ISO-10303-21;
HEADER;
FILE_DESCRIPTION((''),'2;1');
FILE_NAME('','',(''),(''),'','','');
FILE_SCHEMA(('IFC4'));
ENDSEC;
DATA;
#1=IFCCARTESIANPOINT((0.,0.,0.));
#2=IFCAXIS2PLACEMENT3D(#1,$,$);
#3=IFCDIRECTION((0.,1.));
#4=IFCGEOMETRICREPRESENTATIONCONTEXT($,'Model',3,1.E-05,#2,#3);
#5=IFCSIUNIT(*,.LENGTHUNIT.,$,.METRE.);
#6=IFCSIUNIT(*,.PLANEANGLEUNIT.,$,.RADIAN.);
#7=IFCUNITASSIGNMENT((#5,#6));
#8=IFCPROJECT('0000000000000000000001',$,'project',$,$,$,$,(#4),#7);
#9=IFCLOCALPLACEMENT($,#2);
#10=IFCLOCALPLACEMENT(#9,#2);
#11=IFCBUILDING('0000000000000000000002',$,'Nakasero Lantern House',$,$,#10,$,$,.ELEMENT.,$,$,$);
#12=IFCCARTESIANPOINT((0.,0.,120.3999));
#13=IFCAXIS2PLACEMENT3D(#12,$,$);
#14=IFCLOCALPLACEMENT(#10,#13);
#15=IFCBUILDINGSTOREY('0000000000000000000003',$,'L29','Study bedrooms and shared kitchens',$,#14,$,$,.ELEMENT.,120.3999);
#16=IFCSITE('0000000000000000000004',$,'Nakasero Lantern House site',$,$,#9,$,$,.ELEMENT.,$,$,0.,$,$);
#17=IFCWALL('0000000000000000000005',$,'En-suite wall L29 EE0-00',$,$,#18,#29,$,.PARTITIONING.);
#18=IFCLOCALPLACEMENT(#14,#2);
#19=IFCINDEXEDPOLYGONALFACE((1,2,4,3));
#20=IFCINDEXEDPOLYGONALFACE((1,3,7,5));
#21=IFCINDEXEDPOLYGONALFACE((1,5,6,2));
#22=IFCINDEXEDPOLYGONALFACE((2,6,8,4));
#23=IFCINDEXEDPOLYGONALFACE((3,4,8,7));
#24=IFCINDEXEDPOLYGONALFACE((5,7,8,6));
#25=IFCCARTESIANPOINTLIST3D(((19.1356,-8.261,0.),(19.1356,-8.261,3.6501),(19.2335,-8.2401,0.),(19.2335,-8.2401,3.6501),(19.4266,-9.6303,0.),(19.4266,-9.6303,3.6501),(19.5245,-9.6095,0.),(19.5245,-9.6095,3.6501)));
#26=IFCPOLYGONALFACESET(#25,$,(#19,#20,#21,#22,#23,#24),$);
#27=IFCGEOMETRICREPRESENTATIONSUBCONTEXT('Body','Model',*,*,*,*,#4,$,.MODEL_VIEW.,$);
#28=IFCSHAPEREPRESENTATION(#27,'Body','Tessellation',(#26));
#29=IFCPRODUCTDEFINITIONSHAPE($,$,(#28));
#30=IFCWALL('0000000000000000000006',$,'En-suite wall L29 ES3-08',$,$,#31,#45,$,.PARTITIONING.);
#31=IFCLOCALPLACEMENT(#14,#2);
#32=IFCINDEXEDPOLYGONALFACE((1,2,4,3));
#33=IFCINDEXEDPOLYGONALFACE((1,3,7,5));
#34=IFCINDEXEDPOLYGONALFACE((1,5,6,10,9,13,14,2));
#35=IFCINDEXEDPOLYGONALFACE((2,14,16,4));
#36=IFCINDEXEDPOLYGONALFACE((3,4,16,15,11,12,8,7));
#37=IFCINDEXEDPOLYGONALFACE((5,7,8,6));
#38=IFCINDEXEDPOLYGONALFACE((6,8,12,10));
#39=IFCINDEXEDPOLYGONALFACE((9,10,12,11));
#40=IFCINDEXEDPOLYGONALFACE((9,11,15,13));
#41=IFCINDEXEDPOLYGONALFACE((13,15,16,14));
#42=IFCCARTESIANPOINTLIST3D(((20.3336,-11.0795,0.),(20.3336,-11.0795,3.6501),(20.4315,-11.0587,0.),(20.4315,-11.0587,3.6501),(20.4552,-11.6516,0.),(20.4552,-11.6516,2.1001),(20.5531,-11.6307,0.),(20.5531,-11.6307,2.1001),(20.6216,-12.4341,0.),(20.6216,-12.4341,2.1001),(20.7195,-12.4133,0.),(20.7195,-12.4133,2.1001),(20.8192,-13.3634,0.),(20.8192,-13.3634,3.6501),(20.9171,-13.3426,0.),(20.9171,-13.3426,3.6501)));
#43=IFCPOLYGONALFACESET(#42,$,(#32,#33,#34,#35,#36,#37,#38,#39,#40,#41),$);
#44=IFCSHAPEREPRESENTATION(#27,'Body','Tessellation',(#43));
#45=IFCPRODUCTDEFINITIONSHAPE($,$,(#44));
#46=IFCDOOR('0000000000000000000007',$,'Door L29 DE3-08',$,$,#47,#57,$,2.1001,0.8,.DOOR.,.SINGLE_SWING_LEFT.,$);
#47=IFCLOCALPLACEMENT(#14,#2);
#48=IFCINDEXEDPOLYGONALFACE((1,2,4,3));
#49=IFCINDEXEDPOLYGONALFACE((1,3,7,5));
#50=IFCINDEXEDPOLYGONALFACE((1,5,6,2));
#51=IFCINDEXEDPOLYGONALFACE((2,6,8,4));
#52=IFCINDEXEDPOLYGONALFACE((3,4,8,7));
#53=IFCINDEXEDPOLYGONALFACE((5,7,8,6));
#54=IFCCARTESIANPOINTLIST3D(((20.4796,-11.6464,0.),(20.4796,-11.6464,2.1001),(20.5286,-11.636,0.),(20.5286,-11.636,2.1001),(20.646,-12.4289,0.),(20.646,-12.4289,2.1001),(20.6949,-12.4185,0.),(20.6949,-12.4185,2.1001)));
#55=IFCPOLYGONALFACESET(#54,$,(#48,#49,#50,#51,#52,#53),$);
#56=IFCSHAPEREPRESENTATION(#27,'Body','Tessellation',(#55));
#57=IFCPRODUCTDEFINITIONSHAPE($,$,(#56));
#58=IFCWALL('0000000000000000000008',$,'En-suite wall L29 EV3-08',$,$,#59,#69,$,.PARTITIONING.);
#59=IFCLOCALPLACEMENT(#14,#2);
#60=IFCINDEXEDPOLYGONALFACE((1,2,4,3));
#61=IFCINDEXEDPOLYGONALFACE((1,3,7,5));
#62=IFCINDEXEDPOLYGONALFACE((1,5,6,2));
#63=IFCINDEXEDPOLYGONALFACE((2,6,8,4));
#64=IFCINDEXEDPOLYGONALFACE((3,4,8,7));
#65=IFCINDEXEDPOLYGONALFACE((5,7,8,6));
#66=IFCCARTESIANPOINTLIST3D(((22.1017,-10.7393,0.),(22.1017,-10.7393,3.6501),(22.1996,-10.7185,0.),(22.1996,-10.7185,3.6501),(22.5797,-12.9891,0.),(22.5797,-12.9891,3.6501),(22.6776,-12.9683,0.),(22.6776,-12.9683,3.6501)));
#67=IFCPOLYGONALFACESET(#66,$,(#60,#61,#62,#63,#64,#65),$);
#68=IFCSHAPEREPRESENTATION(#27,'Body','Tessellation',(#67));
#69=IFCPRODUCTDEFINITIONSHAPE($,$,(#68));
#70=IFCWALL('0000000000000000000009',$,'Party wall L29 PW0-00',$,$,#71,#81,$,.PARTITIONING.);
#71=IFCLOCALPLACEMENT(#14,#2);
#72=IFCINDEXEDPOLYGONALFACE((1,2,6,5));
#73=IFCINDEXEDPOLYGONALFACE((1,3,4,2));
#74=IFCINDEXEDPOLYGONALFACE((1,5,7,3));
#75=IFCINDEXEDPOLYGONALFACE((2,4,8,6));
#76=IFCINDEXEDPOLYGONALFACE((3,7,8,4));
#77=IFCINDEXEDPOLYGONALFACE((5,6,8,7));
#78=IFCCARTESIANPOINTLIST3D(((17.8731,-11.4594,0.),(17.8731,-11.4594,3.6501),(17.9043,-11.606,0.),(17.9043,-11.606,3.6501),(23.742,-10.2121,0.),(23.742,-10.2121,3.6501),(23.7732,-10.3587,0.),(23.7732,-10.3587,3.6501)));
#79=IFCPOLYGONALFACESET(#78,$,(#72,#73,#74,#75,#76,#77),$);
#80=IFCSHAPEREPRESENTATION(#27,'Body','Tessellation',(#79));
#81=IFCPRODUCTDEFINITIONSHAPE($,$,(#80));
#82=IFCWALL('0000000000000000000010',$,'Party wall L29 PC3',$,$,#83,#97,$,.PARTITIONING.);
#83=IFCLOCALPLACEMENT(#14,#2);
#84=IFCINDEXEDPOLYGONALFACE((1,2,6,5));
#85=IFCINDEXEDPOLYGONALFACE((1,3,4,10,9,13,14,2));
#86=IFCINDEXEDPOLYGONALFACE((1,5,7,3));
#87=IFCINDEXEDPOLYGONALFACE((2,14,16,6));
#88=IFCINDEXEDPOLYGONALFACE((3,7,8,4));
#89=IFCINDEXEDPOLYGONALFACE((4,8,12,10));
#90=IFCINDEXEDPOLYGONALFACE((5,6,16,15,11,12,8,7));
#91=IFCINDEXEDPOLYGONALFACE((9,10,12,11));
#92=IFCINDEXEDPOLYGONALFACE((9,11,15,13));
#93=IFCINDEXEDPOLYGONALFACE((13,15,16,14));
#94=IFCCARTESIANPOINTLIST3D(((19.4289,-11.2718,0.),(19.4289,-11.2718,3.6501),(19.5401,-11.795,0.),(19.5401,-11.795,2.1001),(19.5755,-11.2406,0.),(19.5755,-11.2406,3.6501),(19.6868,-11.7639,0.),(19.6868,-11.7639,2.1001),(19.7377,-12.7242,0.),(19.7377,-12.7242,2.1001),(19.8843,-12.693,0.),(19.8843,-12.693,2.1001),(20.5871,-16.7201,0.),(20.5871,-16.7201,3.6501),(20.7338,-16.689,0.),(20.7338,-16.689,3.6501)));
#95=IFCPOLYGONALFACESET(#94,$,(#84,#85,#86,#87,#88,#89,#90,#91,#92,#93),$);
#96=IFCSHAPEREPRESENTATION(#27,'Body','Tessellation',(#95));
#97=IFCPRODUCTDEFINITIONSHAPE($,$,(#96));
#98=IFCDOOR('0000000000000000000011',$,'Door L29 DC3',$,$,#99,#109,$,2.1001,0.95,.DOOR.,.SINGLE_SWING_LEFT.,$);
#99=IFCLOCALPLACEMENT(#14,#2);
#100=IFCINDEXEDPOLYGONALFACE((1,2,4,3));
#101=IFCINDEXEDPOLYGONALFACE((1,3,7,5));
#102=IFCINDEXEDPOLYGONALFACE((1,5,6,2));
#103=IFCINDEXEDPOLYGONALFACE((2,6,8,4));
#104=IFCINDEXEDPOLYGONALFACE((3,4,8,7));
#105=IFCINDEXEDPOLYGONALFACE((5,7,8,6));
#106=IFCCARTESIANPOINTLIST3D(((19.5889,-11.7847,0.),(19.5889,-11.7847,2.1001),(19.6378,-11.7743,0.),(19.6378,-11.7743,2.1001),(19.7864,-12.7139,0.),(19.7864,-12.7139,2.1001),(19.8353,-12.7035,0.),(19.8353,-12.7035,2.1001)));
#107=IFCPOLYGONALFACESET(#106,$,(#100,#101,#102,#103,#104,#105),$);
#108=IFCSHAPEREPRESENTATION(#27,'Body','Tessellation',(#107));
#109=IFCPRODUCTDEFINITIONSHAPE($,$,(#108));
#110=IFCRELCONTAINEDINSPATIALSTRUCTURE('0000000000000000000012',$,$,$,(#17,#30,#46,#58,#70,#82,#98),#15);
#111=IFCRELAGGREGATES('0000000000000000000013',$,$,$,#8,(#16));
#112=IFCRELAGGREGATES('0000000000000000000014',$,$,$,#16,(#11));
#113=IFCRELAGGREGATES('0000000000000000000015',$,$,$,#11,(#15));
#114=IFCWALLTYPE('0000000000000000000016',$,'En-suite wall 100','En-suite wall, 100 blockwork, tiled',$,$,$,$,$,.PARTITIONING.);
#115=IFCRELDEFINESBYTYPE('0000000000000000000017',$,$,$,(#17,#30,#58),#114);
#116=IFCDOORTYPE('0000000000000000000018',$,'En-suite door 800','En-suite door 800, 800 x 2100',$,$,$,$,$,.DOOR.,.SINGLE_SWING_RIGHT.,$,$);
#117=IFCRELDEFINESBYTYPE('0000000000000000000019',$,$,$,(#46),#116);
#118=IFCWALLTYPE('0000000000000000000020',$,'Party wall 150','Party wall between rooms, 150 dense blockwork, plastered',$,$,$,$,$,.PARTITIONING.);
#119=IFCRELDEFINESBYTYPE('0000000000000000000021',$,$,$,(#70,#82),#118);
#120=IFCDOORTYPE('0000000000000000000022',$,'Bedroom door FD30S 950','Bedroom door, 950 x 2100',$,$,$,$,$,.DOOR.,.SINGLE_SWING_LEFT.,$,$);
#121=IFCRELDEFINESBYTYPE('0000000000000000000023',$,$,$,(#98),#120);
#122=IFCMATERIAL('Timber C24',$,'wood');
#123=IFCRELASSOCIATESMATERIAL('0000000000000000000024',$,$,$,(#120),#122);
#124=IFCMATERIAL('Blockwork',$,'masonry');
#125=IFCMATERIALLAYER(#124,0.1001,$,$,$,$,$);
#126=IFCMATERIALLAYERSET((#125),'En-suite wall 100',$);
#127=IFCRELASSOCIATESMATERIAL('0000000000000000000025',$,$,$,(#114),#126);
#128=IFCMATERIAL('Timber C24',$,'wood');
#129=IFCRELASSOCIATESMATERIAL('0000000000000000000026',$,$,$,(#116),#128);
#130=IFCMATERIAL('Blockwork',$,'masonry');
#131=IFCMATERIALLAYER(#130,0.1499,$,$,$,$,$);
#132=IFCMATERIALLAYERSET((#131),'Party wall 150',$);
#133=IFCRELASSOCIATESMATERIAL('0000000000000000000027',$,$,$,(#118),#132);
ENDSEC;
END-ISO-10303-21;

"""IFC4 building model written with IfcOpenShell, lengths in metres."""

from ifc_helpers import new_model, si_unit, direction, frame, frame_2d, origin, place, context, subcontext, project, spatial, rectangle, extrude, material, layer, layer_set, type_object, element, fill, save


model = new_model("IFC4")

# Units and contexts
model_context = context("Model", 3, precision=1e-05, world=origin(), true_north=direction((0.0, 1.0)))
body_context = subcontext(model_context, "Body", "Model", "MODEL_VIEW")
ifc_project = project(units=[si_unit("LENGTHUNIT", "METRE"), si_unit("PLANEANGLEUNIT", "RADIAN")], contexts=[model_context])

# Site, building, storey
site_placement = place(None, origin())
site = spatial("IfcSite", under=ifc_project, at=site_placement, Name="Nakasero Lantern House site", CompositionType="ELEMENT", RefElevation=0.0)
building_placement = place(site_placement, origin())
building = spatial("IfcBuilding", under=site, at=building_placement, Name="Nakasero Lantern House", CompositionType="ELEMENT")
storey_placement = place(building_placement, frame((0.0, 0.0, 120.3999)))
storey = spatial("IfcBuildingStorey", under=building, at=storey_placement, Name="L29", Description="Study bedrooms and shared kitchens", CompositionType="ELEMENT", Elevation=120.3999)

# Shared definitions
ifc_material_1 = material(Name="Timber C24", Category="wood")
door_type_1 = type_object("IfcDoorType", Name="Bedroom door FD30S 950", Description="Bedroom door, 950 x 2100", OperationType="SINGLE_SWING_LEFT", PredefinedType="DOOR", material=ifc_material_1)

# Wall
ifc_material_2 = material(Name="Blockwork", Category="masonry")
ifc_layer_1 = layer(ifc_material_2, 0.1001)
ifc_layer_set_1 = layer_set([ifc_layer_1], Name="En-suite wall 100")
wall_type_1 = type_object("IfcWallType", Name="En-suite wall 100", Description="En-suite wall, 100 blockwork, tiled", PredefinedType="PARTITIONING", material=ifc_layer_set_1)
wall_1_placement = place(storey_placement, frame((19.4756, -9.6199, 0.0), z_axis=(0.0, 0.0, 1.0), x_axis=(-0.207873, 0.978156, 0.0)))
element("IfcWall", 1, at=wall_1_placement, inside=storey, type_object=wall_type_1, Name="En-suite wall L29 EE0-00", PredefinedType="PARTITIONING", context=body_context, shape_type="SweptSolid", body=[
    extrude(rectangle(XDim=1.3999, YDim=0.1001, at=frame_2d((0.7, 0.0))), origin(), (0.0, 0.0, 1.0), 3.6501),
])

# Wall, opening, door
wall_2_placement = place(storey_placement, frame((20.3826, -11.0691, 0.0), z_axis=(0.0, 0.0, 1.0), x_axis=(0.207965, -0.978136, 0.0)))
wall_2 = element("IfcWall", 2, at=wall_2_placement, inside=storey, type_object=wall_type_1, Name="En-suite wall L29 ES3-08", PredefinedType="PARTITIONING", context=body_context, shape_type="SweptSolid", body=[
    extrude(rectangle(XDim=2.335, YDim=0.1001, at=frame_2d((1.1675, 0.0))), origin(), (0.0, 0.0, 1.0), 3.6501),
])
opening_1_placement = place(wall_2_placement, frame((0.585, 0.0, 0.0)))
opening_1 = element("IfcOpeningElement", 3, at=opening_1_placement, cuts=wall_2, PredefinedType="OPENING", context=body_context, shape_type="SweptSolid", body=[
    extrude(rectangle(XDim=0.8, YDim=2.1001, at=frame_2d((0.3999, 1.05))), frame((0.0, 0.0701, 0.0), z_axis=(0.0, -1.0, 0.0), x_axis=(1.0, 0.0, 0.0)), (0.0, 0.0, 1.0), 0.1401),
])
ifc_material_3 = material(Name="Timber C24", Category="wood")
door_type_2 = type_object("IfcDoorType", Name="En-suite door 800", Description="En-suite door 800, 800 x 2100", OperationType="SINGLE_SWING_RIGHT", PredefinedType="DOOR", material=ifc_material_3)
door_1_placement = place(opening_1_placement, origin())
door_1 = element("IfcDoor", 4, at=door_1_placement, inside=storey, type_object=door_type_2, Name="Door L29 DE3-08", OperationType="SINGLE_SWING_LEFT", OverallHeight=2.1001, OverallWidth=0.8, PredefinedType="DOOR", context=body_context, shape_type="SweptSolid", body=[
    extrude(rectangle(XDim=0.8, YDim=2.1001, at=frame_2d((0.3999, 1.05))), frame((0.0, 0.0249, 0.0), z_axis=(0.0, -1.0, 0.0), x_axis=(1.0, 0.0, 0.0)), (0.0, 0.0, 1.0), 0.05),
])
fill(opening_1, door_1)

# Walls
wall_3_placement = place(storey_placement, frame((22.1506, -10.729, 0.0), z_axis=(0.0, 0.0, 1.0), x_axis=(0.20784, -0.978163, 0.0)))
element("IfcWall", 5, at=wall_3_placement, inside=storey, type_object=wall_type_1, Name="En-suite wall L29 EV3-08", PredefinedType="PARTITIONING", context=body_context, shape_type="SweptSolid", body=[
    extrude(rectangle(XDim=2.3, YDim=0.1001, at=frame_2d((1.1499, 0.0))), origin(), (0.0, 0.0, 1.0), 3.6501),
])
ifc_material_4 = material(Name="Blockwork", Category="masonry")
ifc_layer_2 = layer(ifc_material_4, 0.1499)
ifc_layer_set_2 = layer_set([ifc_layer_2], Name="Party wall 150")
wall_type_2 = type_object("IfcWallType", Name="Party wall 150", Description="Party wall between rooms, 150 dense blockwork, plastered", PredefinedType="PARTITIONING", material=ifc_layer_set_2)
wall_4_placement = place(storey_placement, frame((17.8887, -11.5327, 0.0), z_axis=(0.0, 0.0, 1.0), x_axis=(0.978153, 0.207886, 0.0)))
element("IfcWall", 6, at=wall_4_placement, inside=storey, type_object=wall_type_2, Name="Party wall L29 PW0-00", PredefinedType="PARTITIONING", context=body_context, shape_type="SweptSolid", body=[
    extrude(rectangle(XDim=6.0, YDim=0.1499, at=frame_2d((3.0, 0.0))), origin(), (0.0, 0.0, 1.0), 3.6501),
])

# Wall, opening, door
wall_5_placement = place(storey_placement, frame((19.5022, -11.2561, 0.0), z_axis=(0.0, 0.0, 1.0), x_axis=(0.207936, -0.978142, 0.0)))
wall_5 = element("IfcWall", 7, at=wall_5_placement, inside=storey, type_object=wall_type_2, Name="Party wall L29 PC3", PredefinedType="PARTITIONING", context=body_context, shape_type="SweptSolid", body=[
    extrude(rectangle(XDim=5.5701, YDim=0.1499, at=frame_2d((2.7852, 0.0))), origin(), (0.0, 0.0, 1.0), 3.6501),
])
opening_2_placement = place(wall_5_placement, frame((0.5349, 0.0, 0.0)))
opening_2 = element("IfcOpeningElement", 8, at=opening_2_placement, cuts=wall_5, PredefinedType="OPENING", context=body_context, shape_type="SweptSolid", body=[
    extrude(rectangle(XDim=0.95, YDim=2.1001, at=frame_2d((0.4751, 1.05))), frame((0.0, 0.095, 0.0), z_axis=(0.0, -1.0, 0.0), x_axis=(1.0, 0.0, 0.0)), (0.0, 0.0, 1.0), 0.1899),
])
door_2_placement = place(opening_2_placement, origin())
door_2 = element("IfcDoor", 9, at=door_2_placement, inside=storey, type_object=door_type_1, Name="Door L29 DC3", OperationType="SINGLE_SWING_LEFT", OverallHeight=2.1001, OverallWidth=0.95, PredefinedType="DOOR", context=body_context, shape_type="SweptSolid", body=[
    extrude(rectangle(XDim=0.95, YDim=2.1001, at=frame_2d((0.4751, 1.05))), frame((0.0, 0.0249, 0.0), z_axis=(0.0, -1.0, 0.0), x_axis=(1.0, 0.0, 0.0)), (0.0, 0.0, 1.0), 0.05),
])
fill(opening_2, door_2)

save(model, "model.ifc")
